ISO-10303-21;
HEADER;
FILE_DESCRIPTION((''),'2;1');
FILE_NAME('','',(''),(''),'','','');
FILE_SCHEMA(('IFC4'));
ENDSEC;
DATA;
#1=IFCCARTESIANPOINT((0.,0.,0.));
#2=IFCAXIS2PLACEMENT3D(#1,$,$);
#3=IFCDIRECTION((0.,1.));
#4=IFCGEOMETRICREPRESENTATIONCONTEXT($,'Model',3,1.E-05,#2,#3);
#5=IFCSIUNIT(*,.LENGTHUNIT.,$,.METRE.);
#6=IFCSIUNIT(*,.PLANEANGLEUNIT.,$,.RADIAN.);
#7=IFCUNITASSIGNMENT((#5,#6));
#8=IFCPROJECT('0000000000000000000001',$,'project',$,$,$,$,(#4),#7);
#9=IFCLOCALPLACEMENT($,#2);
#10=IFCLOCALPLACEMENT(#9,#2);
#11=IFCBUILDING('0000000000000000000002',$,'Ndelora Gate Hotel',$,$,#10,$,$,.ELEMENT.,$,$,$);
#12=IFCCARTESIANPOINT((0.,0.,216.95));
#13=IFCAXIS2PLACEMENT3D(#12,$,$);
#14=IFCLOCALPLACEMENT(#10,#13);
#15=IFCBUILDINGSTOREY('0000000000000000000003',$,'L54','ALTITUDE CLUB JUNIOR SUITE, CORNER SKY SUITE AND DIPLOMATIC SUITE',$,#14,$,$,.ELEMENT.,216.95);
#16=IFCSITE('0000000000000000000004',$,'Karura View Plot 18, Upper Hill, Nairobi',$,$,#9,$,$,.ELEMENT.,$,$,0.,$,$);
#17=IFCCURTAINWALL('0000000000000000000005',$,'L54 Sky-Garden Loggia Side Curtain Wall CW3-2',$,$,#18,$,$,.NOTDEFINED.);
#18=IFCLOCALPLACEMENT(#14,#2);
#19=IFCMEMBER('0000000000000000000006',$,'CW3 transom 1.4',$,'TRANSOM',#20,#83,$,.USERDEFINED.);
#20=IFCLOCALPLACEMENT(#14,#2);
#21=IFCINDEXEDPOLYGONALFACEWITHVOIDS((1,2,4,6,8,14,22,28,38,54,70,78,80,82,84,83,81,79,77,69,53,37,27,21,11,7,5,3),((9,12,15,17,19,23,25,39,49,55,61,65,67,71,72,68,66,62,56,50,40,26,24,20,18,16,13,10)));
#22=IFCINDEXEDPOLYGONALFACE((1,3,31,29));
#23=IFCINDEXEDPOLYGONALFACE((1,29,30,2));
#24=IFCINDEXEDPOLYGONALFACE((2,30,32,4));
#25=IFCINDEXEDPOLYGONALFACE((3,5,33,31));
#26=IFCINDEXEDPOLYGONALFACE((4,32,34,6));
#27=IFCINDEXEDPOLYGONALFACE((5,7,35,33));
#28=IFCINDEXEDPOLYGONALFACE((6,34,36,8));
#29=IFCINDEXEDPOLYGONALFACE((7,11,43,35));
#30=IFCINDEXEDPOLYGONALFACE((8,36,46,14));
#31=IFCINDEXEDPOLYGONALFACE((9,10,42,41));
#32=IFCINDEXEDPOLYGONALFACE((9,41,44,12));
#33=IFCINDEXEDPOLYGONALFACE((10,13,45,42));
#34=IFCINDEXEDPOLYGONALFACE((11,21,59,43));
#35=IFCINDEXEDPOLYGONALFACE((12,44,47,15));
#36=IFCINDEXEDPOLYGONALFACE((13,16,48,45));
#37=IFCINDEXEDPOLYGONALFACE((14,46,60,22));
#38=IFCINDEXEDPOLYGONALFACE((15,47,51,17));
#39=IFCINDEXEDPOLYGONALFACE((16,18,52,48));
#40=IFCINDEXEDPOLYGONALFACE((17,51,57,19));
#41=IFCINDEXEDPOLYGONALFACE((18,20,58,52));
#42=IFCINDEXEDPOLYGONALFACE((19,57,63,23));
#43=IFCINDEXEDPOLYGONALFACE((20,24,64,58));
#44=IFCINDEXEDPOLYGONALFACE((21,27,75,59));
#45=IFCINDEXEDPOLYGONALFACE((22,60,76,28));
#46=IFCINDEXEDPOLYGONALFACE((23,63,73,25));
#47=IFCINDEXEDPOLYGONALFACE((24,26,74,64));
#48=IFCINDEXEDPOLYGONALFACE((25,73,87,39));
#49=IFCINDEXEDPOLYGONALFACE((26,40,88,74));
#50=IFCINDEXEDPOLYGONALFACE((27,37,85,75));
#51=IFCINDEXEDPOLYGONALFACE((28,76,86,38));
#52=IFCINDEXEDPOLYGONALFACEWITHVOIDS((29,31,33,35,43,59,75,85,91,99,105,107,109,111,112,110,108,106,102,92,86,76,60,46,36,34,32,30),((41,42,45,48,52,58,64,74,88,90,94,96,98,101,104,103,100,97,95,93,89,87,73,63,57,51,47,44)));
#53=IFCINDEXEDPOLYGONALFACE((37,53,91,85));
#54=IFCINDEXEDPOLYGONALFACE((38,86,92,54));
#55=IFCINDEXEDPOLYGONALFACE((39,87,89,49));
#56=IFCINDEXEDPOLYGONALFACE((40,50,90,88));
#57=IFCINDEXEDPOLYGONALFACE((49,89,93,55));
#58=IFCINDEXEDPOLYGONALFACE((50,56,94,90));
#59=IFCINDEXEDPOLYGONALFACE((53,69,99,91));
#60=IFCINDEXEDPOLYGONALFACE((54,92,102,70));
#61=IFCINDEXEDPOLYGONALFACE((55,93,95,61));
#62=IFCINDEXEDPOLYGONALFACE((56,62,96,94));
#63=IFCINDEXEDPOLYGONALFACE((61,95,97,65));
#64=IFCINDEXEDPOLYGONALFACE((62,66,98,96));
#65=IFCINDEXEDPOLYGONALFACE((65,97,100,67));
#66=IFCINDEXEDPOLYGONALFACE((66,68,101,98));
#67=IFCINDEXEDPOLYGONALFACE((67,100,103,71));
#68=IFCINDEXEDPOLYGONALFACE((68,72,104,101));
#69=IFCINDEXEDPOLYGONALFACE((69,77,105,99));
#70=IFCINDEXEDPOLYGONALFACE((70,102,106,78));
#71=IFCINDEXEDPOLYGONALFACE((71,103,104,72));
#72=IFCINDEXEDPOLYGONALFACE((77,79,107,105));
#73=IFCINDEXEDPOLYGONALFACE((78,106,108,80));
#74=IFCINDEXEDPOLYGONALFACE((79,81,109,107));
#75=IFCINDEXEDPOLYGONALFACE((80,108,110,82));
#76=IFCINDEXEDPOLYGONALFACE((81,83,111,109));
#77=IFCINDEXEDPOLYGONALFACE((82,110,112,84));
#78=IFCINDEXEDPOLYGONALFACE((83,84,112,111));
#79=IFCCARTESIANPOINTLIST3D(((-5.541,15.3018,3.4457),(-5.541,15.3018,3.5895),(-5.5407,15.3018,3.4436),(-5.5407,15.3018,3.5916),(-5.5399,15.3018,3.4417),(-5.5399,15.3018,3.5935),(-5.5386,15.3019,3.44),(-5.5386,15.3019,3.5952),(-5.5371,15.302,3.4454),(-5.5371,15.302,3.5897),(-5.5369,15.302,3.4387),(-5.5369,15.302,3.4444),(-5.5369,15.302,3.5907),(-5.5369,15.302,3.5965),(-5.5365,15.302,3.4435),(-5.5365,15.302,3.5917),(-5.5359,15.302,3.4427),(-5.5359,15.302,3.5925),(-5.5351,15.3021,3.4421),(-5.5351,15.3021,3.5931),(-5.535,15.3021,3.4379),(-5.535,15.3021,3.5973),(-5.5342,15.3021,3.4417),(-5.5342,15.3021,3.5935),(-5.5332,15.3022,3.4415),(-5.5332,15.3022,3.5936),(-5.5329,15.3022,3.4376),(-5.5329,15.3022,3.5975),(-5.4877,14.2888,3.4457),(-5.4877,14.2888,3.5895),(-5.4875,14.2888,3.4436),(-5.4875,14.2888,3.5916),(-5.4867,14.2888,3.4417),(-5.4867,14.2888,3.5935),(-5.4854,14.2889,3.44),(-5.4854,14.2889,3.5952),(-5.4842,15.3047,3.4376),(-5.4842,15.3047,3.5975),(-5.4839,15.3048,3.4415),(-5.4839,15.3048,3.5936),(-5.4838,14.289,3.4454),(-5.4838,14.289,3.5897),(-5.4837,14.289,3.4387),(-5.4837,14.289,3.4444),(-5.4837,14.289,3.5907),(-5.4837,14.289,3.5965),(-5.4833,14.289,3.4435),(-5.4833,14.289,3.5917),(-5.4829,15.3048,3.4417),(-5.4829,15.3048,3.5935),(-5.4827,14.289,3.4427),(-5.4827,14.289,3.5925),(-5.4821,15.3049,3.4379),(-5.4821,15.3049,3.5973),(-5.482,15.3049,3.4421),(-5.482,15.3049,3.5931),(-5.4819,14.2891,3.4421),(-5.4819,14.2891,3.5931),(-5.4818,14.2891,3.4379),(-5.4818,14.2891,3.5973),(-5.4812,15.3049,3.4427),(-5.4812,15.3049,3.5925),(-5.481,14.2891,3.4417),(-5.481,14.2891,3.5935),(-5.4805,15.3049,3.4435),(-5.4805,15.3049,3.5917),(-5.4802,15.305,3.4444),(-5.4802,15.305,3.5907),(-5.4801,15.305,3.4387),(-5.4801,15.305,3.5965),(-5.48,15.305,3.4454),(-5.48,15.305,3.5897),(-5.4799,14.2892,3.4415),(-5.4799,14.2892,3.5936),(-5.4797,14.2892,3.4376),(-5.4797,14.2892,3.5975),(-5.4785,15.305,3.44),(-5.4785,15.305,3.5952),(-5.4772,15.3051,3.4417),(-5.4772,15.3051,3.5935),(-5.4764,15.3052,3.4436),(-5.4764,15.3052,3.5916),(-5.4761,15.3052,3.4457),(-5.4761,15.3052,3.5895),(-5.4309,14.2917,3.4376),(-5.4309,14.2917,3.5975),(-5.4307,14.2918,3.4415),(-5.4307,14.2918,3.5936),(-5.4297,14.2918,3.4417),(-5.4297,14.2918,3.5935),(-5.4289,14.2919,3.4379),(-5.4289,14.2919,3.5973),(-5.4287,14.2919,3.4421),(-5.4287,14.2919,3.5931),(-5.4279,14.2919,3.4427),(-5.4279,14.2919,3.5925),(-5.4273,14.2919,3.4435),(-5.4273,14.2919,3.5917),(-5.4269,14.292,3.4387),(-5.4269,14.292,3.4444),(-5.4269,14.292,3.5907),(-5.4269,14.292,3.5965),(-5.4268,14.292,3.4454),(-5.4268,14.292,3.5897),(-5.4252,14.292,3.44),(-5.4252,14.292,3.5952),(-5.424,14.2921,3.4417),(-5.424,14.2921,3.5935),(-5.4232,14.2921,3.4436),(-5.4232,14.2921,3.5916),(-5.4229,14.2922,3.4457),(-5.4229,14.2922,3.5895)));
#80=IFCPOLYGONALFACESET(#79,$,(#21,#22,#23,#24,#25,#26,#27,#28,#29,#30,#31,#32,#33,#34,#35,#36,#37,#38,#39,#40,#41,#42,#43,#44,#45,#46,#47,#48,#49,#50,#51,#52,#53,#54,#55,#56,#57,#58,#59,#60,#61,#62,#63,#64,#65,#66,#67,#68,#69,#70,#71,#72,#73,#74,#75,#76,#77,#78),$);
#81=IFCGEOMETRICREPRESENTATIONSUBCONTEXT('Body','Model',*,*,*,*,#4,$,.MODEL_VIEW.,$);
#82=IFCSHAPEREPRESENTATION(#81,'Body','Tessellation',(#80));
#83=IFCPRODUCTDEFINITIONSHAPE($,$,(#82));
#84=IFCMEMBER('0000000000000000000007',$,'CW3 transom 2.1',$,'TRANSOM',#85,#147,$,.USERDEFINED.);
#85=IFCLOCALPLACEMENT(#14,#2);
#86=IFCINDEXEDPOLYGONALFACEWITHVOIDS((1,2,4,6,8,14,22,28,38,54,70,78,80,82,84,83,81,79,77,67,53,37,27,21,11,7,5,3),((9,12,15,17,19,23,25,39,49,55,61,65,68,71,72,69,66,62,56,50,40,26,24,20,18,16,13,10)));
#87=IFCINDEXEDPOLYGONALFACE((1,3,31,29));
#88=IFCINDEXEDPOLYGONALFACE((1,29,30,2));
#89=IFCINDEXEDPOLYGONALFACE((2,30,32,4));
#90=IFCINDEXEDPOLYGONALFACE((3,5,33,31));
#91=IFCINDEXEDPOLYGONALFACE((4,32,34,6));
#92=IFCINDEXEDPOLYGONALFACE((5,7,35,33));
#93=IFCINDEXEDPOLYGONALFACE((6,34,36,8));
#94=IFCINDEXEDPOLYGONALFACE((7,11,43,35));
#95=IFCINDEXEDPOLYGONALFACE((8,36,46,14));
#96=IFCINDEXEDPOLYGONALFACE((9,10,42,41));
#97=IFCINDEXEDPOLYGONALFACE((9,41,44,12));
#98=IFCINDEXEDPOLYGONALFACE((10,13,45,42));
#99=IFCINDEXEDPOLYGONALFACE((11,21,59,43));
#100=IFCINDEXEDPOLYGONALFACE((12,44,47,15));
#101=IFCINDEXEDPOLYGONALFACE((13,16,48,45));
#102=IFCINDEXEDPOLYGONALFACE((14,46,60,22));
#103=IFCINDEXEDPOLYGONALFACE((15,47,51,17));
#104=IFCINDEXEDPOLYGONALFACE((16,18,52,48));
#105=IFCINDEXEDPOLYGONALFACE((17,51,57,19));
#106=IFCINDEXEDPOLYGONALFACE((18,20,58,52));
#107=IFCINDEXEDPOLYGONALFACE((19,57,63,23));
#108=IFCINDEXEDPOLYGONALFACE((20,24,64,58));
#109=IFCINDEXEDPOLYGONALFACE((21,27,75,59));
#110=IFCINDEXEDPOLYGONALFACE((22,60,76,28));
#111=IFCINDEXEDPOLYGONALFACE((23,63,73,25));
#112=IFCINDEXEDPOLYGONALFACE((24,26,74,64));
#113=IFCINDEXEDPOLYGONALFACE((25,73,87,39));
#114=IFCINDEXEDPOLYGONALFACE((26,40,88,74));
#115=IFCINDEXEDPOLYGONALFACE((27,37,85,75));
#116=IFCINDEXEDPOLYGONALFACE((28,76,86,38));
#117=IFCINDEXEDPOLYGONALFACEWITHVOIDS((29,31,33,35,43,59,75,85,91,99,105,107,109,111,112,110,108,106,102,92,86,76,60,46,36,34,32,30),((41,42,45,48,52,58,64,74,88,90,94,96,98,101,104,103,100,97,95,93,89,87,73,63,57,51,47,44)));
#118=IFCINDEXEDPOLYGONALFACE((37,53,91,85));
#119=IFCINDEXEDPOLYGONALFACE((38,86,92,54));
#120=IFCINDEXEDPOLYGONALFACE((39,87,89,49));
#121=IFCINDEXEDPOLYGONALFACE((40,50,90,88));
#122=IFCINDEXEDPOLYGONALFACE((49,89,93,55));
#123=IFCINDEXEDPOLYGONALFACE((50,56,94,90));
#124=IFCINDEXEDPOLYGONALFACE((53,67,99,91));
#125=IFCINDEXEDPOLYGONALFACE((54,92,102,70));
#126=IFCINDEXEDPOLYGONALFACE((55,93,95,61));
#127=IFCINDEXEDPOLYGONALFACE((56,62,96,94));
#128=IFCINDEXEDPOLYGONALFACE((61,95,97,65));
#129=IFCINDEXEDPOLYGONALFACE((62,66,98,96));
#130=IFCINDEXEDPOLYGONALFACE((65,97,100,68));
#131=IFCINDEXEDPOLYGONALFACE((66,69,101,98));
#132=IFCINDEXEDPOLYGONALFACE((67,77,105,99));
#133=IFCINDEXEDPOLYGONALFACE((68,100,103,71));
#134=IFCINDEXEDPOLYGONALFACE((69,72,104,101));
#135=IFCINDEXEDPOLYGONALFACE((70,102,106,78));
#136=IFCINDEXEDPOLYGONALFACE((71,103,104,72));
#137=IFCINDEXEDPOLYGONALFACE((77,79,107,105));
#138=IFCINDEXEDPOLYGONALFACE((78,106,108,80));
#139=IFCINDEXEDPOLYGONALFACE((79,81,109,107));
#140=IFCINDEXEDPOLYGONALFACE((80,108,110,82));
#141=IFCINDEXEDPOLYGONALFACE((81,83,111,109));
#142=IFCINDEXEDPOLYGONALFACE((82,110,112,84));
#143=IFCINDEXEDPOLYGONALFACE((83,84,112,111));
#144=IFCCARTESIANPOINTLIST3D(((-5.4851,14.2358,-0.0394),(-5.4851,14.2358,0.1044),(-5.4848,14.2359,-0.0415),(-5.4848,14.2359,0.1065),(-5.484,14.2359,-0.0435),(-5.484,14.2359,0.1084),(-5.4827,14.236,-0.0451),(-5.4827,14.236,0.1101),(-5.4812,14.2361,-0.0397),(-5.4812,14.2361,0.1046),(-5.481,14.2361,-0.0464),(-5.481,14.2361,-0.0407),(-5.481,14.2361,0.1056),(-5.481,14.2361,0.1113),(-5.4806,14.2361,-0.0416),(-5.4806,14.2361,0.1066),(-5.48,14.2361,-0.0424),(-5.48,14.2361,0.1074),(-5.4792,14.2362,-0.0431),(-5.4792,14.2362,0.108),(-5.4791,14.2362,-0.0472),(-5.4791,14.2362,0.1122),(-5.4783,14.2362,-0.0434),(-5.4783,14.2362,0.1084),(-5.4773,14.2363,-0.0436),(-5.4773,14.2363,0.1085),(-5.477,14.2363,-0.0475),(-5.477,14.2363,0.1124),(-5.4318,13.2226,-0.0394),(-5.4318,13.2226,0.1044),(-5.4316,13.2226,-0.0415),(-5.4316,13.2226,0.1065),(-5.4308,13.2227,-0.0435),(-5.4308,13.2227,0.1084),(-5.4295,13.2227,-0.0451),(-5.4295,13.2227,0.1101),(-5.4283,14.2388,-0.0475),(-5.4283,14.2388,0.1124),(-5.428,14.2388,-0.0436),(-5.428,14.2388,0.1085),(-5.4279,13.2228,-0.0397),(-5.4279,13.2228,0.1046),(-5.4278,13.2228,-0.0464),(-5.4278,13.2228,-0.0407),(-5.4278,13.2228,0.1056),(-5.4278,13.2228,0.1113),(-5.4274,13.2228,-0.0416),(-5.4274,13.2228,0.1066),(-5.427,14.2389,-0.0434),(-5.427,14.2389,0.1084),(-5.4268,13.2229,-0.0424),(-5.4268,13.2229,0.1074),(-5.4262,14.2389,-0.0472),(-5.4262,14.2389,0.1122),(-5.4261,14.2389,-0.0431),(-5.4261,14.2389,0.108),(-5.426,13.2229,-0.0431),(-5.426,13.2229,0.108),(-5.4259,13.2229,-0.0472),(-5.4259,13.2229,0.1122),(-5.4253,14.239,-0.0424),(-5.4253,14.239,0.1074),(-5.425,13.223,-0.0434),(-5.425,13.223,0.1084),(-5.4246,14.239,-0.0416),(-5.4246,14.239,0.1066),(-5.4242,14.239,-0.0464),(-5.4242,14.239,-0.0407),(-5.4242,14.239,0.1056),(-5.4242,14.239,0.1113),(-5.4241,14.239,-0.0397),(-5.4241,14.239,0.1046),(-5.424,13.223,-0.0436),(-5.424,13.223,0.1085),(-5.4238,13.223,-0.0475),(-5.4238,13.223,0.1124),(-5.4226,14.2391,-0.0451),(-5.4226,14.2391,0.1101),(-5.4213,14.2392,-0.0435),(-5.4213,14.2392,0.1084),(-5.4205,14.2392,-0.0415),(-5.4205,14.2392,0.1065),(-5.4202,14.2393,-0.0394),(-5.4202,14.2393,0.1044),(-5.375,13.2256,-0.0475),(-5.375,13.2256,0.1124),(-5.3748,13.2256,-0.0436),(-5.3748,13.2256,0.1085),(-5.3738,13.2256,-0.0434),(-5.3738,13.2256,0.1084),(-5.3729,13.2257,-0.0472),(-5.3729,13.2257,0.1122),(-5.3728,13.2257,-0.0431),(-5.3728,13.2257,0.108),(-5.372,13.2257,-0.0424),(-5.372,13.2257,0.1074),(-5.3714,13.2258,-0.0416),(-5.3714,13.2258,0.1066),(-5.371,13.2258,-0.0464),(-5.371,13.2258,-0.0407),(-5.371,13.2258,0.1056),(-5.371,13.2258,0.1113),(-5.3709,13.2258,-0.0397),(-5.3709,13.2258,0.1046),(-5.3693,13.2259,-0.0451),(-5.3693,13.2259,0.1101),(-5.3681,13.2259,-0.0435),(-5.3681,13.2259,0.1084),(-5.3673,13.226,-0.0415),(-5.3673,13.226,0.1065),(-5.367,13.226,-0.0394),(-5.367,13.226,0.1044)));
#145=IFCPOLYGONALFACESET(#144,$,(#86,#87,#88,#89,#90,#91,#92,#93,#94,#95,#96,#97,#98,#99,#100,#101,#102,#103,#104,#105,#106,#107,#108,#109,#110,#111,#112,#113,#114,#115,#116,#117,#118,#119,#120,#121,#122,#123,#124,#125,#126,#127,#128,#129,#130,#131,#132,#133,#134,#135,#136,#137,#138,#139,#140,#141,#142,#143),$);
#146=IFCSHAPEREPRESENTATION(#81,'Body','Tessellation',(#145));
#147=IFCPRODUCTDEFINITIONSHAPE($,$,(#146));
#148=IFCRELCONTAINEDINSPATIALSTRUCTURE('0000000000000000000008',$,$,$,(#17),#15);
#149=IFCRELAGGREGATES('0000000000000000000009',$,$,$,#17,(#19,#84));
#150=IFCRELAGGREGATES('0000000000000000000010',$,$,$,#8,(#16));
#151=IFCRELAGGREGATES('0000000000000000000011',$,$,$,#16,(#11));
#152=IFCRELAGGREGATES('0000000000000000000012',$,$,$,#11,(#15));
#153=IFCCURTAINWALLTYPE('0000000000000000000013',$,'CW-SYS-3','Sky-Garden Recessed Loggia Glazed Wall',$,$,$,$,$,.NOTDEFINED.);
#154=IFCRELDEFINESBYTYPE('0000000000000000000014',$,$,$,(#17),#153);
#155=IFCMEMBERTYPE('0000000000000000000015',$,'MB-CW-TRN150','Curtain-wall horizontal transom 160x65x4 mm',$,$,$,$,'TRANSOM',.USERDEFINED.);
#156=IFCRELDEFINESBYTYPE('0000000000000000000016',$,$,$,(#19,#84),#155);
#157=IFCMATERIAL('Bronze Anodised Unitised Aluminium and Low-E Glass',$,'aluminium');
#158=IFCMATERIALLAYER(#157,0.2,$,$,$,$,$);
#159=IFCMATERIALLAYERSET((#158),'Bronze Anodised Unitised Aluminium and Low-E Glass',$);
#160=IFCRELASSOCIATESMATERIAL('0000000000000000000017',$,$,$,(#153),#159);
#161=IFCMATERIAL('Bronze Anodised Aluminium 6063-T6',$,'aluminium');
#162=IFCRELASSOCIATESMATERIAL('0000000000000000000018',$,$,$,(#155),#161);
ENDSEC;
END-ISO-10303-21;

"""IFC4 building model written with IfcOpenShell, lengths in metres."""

from ifc_helpers import new_model, si_unit, direction, frame, origin, origin_2d, place, context, subcontext, project, spatial, hollow_rectangle, extrude, material, layer, layer_set, material_profile, profile_set, type_object, element, aggregate, save


model = new_model("IFC4")

# Units and contexts
model_context = context("Model", 3, precision=1e-05, world=origin(), true_north=direction((0.0, 1.0)))
body_context = subcontext(model_context, "Body", "Model", "MODEL_VIEW")
ifc_project = project(units=[si_unit("LENGTHUNIT", "METRE"), si_unit("PLANEANGLEUNIT", "RADIAN")], contexts=[model_context])

# Site, building, storey
site_placement = place(None, origin())
site = spatial("IfcSite", under=ifc_project, at=site_placement, Name="Karura View Plot 18, Upper Hill, Nairobi", CompositionType="ELEMENT", RefElevation=0.0)
building_placement = place(site_placement, origin())
building = spatial("IfcBuilding", under=site, at=building_placement, Name="Ndelora Gate Hotel", CompositionType="ELEMENT")
storey_placement = place(building_placement, frame((0.0, 0.0, 216.95)))
storey = spatial("IfcBuildingStorey", under=building, at=storey_placement, Name="L54", Description="ALTITUDE CLUB JUNIOR SUITE, CORNER SKY SUITE AND DIPLOMATIC SUITE", CompositionType="ELEMENT", Elevation=216.95)

# Curtain wall, members
ifc_material_1 = material(Name="Bronze Anodised Unitised Aluminium and Low-E Glass", Category="aluminium")
ifc_layer_1 = layer(ifc_material_1, 0.2)
ifc_layer_set_1 = layer_set([ifc_layer_1], Name="Bronze Anodised Unitised Aluminium and Low-E Glass")
curtain_wall_type = type_object("IfcCurtainWallType", Name="CW-SYS-3", Description="Sky-Garden Recessed Loggia Glazed Wall", PredefinedType="NOTDEFINED", material=ifc_layer_set_1)
curtain_wall_placement = place(storey_placement, origin())
curtain_wall = element("IfcCurtainWall", 1, at=curtain_wall_placement, inside=storey, type_object=curtain_wall_type, Name="L54 Sky-Garden Loggia Side Curtain Wall CW3-2", PredefinedType="NOTDEFINED")
ifc_material_2 = material(Name="Bronze Anodised Aluminium 6063-T6", Category="aluminium")
ifc_material_profile_1 = material_profile(ifc_material_2, hollow_rectangle(XDim=0.0649, YDim=0.1599, WallThickness=0.0039, InnerFilletRadius=0.0039, OuterFilletRadius=0.0081, at=origin_2d()), Name="ALU 160x65x4")
ifc_profile_set_1 = profile_set([ifc_material_profile_1], Name="Bronze Anodised Aluminium 6063-T6")
member_type_1 = type_object("IfcMemberType", Name="MB-CW-TRN150", Description="Curtain-wall horizontal transom 160x65x4 mm", ElementType="TRANSOM", PredefinedType="USERDEFINED", material=ifc_profile_set_1)
member_1_placement = place(storey_placement, frame((-5.5085, 15.3035, 3.5176), z_axis=(0.05247, -0.998622, 0.0), x_axis=(0.998622, 0.05247, 0.0)))
member_1 = element("IfcMember", 2, at=member_1_placement, type_object=member_type_1, Name="CW3 transom 1.4", ObjectType="TRANSOM", PredefinedType="USERDEFINED", context=body_context, shape_type="SweptSolid", body=[
    extrude(hollow_rectangle(XDim=0.0649, YDim=0.1599, WallThickness=0.0039, InnerFilletRadius=0.0039, OuterFilletRadius=0.0081, at=origin_2d()), origin(), (0.0, 0.0, 1.0), 1.0144),
])
member_2_placement = place(storey_placement, frame((-5.4526, 14.2375, 0.0325), z_axis=(0.052458, -0.998623, 0.0), x_axis=(0.998623, 0.052458, 0.0)))
member_2 = element("IfcMember", 3, at=member_2_placement, type_object=member_type_1, Name="CW3 transom 2.1", ObjectType="TRANSOM", PredefinedType="USERDEFINED", context=body_context, shape_type="SweptSolid", body=[
    extrude(hollow_rectangle(XDim=0.0649, YDim=0.1599, WallThickness=0.0039, InnerFilletRadius=0.0039, OuterFilletRadius=0.0081, at=origin_2d()), origin(), (0.0, 0.0, 1.0), 1.0146),
])
aggregate(curtain_wall, [member_1, member_2])

save(model, "model.ifc")
